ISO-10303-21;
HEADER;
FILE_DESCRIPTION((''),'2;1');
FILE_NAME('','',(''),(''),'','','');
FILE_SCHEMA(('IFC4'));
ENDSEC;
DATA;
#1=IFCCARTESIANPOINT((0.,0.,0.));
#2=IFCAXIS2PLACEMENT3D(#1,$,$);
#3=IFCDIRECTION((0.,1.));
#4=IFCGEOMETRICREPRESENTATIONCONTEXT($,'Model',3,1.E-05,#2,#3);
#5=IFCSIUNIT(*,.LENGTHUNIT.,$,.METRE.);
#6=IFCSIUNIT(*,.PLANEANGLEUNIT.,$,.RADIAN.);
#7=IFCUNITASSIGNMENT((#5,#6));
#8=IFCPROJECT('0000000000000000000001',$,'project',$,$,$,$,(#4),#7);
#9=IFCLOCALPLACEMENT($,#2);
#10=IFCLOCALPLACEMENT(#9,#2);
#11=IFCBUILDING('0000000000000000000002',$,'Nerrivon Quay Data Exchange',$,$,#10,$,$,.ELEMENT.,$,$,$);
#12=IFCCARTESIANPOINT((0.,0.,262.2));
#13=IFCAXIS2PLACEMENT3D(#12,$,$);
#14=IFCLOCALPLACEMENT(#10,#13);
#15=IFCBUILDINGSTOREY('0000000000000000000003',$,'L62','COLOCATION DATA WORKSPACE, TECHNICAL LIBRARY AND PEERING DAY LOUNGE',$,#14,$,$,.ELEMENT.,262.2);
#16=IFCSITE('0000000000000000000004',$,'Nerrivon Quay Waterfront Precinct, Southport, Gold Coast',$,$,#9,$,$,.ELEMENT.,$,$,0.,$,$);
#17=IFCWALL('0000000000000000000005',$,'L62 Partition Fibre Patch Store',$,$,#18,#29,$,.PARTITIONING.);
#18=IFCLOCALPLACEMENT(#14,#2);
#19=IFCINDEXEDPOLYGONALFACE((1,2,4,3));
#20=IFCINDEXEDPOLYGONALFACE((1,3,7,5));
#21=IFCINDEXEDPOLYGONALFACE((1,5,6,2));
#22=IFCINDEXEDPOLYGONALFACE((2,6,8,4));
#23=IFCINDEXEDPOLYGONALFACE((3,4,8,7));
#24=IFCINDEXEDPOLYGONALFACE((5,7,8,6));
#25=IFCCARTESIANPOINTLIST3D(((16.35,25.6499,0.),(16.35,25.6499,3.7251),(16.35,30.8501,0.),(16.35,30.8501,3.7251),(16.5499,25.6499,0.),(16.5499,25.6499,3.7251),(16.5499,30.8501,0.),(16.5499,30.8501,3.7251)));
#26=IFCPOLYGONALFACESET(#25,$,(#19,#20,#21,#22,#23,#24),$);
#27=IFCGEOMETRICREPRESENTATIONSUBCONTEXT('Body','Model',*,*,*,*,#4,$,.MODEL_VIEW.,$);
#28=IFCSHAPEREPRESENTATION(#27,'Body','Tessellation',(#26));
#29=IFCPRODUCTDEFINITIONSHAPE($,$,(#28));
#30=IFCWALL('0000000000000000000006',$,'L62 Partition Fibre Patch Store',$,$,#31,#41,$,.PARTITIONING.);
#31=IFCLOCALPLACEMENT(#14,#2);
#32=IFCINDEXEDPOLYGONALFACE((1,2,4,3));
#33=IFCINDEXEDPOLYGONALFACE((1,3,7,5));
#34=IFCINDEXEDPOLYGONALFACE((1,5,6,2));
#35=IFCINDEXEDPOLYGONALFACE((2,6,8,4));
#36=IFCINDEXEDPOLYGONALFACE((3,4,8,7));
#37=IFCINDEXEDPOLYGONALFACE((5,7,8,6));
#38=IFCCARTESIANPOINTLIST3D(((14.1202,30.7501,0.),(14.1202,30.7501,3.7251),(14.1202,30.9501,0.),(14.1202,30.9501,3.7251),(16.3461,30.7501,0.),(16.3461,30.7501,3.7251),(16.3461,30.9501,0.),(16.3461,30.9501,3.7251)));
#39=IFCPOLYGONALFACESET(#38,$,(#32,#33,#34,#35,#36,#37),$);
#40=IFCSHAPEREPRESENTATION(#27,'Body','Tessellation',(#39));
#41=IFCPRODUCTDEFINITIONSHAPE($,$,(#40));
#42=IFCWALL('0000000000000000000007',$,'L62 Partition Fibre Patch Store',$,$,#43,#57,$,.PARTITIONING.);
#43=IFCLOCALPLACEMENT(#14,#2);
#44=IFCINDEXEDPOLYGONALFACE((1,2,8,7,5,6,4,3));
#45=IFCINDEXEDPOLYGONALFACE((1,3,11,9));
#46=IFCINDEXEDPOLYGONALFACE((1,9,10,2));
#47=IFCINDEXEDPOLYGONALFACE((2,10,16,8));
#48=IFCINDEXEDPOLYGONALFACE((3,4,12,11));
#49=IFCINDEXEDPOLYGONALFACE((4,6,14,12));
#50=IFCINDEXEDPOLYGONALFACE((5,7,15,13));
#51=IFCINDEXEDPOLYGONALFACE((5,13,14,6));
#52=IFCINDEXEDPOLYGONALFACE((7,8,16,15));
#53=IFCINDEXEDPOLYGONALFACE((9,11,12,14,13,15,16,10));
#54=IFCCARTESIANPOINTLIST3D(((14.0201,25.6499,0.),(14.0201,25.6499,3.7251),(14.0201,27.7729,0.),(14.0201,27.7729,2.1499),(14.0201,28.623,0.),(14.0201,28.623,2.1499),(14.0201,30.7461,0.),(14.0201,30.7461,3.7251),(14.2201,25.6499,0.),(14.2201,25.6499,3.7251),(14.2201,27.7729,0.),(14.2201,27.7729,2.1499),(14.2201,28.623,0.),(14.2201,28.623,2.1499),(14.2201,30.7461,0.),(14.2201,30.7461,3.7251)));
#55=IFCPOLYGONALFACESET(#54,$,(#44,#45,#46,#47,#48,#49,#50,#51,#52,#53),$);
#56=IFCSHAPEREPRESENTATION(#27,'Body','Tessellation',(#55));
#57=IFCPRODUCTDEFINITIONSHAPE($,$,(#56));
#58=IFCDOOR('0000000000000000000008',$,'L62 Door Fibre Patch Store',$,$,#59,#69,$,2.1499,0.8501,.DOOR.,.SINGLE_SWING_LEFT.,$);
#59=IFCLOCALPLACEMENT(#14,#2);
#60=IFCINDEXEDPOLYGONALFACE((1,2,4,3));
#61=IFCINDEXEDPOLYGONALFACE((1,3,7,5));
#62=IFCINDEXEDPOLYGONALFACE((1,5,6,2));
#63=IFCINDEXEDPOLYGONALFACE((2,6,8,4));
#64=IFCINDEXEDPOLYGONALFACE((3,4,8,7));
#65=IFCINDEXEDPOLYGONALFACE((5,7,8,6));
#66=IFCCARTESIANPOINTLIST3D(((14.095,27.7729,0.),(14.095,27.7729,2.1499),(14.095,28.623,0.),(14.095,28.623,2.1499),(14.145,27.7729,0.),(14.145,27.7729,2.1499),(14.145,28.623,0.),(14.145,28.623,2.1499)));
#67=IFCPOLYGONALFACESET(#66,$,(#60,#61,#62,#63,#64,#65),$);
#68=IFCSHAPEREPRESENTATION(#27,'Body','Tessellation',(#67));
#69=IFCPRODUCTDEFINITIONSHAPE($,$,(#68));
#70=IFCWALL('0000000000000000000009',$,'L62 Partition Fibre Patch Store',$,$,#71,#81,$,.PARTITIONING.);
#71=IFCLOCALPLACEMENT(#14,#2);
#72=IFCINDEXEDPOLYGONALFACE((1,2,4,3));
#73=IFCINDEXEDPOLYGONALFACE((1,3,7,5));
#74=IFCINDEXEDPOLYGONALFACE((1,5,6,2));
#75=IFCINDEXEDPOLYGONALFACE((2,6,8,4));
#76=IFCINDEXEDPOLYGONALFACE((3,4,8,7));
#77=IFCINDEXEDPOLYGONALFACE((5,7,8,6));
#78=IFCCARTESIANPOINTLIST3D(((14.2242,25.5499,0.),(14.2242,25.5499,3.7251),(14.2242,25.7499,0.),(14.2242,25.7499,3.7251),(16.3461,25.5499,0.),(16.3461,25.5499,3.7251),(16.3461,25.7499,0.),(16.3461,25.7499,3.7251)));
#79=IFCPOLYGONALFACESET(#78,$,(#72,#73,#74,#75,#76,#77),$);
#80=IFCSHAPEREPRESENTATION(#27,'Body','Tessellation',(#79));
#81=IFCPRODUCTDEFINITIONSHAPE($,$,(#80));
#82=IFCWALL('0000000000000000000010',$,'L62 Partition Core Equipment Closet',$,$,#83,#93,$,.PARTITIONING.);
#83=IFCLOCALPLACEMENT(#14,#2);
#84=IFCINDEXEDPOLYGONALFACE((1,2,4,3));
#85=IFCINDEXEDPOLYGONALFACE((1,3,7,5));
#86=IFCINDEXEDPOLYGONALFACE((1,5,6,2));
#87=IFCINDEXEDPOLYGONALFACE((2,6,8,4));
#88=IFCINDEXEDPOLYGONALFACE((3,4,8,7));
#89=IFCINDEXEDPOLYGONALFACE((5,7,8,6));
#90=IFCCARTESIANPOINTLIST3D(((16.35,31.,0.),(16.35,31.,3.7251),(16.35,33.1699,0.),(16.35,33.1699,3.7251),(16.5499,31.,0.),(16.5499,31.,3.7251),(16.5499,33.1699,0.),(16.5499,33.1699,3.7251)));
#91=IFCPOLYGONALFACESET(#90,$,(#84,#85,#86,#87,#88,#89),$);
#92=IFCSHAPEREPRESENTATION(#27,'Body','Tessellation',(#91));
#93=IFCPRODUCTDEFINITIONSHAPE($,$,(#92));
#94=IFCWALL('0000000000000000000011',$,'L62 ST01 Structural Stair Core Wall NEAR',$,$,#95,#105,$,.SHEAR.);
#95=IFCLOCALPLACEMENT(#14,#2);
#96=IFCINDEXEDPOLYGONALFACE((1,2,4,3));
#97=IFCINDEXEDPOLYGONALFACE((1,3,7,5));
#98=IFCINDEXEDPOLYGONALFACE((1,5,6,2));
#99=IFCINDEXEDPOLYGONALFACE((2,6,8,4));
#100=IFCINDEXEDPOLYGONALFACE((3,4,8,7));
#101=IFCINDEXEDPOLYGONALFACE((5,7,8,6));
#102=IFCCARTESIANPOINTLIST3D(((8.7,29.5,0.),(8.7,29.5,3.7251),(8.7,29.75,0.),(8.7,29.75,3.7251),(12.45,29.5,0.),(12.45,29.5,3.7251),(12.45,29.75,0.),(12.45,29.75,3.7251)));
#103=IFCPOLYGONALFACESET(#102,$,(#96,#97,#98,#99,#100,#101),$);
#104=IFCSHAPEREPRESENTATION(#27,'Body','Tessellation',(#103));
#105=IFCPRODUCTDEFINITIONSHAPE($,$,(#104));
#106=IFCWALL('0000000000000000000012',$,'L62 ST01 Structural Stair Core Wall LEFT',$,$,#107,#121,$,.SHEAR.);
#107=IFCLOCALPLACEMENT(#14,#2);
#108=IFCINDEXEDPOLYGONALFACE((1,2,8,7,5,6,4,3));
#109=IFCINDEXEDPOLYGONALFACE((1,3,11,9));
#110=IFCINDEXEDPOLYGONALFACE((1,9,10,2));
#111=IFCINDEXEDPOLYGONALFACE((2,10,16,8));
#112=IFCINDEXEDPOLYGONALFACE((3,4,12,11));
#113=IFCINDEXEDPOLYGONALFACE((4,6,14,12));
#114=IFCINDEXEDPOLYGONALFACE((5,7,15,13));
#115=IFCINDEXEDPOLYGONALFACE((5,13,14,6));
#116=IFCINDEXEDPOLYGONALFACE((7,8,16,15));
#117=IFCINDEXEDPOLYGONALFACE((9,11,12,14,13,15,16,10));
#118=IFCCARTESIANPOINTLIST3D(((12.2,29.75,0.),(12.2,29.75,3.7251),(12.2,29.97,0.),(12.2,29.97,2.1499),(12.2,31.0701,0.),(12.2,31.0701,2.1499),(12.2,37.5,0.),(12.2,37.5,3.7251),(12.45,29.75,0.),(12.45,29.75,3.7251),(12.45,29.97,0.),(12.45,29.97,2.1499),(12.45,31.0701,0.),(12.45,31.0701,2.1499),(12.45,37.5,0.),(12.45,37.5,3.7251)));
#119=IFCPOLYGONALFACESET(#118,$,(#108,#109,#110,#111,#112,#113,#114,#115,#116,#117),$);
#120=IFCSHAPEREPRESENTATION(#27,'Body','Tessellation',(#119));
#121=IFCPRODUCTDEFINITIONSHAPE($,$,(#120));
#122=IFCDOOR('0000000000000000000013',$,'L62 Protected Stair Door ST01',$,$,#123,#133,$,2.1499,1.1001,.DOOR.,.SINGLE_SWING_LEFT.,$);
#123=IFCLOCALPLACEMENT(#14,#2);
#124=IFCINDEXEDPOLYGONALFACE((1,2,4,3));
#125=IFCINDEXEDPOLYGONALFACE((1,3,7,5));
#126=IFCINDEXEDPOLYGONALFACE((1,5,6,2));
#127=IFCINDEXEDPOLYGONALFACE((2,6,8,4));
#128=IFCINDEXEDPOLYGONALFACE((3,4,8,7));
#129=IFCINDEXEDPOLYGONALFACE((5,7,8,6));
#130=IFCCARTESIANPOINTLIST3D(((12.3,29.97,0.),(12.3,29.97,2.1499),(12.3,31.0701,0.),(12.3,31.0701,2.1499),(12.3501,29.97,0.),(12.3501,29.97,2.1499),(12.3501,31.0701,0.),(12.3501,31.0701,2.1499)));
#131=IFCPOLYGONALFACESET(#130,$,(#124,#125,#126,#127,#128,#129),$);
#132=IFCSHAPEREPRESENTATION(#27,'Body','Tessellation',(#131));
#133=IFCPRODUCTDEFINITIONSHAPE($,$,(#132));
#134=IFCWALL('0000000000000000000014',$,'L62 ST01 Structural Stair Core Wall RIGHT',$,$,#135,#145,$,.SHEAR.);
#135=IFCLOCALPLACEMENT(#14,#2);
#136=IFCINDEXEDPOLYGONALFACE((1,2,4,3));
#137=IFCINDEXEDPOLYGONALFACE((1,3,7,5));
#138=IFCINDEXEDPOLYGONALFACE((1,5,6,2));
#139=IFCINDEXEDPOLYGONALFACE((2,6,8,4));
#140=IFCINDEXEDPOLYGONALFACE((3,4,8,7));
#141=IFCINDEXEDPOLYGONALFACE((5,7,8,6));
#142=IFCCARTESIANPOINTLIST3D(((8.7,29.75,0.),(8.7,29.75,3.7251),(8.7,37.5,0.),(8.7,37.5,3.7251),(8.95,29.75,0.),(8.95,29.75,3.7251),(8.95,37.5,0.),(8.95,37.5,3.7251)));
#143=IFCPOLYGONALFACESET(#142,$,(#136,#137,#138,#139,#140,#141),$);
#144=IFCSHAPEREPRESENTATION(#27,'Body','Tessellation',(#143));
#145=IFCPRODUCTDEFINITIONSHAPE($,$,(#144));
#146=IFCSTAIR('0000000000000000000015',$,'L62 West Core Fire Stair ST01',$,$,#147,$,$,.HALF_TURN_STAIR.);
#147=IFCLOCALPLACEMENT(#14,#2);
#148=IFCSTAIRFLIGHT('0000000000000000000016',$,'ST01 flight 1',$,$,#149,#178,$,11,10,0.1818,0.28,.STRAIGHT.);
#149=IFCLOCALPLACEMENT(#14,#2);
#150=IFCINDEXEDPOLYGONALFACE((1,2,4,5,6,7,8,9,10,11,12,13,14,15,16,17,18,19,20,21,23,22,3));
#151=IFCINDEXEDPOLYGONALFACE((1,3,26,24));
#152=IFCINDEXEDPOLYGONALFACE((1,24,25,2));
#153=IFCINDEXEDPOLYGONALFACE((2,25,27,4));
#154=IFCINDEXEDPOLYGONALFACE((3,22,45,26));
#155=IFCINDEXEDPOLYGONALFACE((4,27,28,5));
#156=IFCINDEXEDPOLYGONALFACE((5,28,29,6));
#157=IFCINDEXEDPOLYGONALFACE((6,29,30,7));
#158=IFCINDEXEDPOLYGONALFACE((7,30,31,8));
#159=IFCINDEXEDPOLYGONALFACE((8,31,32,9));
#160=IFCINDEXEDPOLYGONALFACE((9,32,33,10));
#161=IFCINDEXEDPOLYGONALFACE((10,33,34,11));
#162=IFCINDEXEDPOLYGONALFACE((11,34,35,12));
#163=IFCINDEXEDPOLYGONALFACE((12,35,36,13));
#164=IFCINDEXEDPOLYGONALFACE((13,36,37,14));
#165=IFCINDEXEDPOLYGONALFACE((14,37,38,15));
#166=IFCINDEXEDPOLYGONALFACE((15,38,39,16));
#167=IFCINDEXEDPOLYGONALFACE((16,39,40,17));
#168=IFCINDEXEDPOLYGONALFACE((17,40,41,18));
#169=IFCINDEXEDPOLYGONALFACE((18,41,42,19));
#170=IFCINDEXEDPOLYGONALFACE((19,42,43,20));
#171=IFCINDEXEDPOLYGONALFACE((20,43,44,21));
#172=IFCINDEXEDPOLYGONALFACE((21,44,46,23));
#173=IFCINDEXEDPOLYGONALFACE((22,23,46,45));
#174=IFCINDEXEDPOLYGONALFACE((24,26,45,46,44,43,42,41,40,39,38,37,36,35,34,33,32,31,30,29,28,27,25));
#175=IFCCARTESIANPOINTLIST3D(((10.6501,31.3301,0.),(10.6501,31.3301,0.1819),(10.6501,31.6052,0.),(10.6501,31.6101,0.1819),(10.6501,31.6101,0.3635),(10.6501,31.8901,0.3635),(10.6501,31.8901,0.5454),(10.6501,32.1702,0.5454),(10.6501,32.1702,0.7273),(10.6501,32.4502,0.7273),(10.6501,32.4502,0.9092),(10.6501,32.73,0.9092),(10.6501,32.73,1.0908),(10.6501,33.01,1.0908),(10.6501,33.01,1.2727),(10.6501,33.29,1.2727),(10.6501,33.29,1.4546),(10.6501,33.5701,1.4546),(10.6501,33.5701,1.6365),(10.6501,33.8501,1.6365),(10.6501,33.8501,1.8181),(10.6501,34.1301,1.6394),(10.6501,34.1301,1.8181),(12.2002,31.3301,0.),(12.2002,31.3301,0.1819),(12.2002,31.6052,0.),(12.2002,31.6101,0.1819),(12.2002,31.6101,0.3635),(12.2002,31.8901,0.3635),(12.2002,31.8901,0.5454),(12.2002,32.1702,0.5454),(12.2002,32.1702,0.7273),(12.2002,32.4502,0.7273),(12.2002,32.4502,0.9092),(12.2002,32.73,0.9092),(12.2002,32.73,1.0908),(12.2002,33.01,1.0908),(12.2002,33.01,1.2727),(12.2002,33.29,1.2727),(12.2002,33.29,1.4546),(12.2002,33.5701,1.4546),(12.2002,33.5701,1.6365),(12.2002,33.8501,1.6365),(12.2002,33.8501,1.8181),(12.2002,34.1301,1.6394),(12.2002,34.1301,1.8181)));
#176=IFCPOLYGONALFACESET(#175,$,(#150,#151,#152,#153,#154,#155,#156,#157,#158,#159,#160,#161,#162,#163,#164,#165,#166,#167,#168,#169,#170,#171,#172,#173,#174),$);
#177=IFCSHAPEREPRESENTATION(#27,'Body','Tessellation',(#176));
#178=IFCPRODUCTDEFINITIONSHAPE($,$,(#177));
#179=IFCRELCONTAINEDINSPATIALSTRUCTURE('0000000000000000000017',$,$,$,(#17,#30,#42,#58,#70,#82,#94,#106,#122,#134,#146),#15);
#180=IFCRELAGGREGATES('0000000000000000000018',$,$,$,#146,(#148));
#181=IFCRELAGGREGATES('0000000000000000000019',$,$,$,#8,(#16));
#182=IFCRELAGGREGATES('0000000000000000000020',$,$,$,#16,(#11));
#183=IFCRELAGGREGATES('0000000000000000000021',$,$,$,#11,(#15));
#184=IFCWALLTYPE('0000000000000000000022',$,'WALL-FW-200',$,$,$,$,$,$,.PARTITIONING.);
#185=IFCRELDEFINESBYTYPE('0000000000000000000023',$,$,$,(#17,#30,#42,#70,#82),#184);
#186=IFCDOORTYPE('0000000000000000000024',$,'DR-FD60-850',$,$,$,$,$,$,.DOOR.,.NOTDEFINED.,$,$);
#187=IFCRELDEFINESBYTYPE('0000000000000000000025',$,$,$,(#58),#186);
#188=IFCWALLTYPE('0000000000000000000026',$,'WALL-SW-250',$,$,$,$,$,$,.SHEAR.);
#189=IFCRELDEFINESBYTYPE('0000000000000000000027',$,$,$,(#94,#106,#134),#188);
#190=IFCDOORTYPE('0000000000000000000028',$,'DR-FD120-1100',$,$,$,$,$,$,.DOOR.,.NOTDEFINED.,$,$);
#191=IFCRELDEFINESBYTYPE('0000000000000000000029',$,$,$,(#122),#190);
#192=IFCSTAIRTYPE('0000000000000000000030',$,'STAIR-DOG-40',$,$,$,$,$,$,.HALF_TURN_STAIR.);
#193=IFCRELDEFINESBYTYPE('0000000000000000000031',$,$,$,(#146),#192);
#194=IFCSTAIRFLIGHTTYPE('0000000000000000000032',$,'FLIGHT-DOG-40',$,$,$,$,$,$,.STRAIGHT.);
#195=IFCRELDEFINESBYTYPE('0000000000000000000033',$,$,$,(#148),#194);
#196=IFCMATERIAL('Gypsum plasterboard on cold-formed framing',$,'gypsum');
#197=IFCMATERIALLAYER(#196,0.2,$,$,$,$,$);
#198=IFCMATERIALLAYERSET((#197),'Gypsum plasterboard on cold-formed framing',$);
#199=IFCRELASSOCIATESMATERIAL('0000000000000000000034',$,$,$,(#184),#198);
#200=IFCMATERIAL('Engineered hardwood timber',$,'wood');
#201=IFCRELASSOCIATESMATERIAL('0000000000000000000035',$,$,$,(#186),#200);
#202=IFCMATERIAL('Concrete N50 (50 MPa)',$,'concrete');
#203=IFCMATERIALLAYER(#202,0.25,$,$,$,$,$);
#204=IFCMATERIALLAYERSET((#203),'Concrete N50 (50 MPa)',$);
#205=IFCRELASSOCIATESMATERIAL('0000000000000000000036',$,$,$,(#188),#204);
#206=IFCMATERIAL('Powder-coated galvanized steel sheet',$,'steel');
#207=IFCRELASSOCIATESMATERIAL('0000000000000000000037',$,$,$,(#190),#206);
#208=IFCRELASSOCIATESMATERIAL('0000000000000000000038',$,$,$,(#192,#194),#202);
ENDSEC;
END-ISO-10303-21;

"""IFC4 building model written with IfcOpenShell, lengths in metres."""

from ifc_helpers import new_model, si_unit, direction, frame, frame_2d, origin, place, context, subcontext, project, spatial, polyline, rectangle, outline, extrude, material, layer, layer_set, type_object, element, fill, aggregate, save


model = new_model("IFC4")

# Units and contexts
model_context = context("Model", 3, precision=1e-05, world=origin(), true_north=direction((0.0, 1.0)))
body_context = subcontext(model_context, "Body", "Model", "MODEL_VIEW")
ifc_project = project(units=[si_unit("LENGTHUNIT", "METRE"), si_unit("PLANEANGLEUNIT", "RADIAN")], contexts=[model_context])

# Site, building, storey
site_placement = place(None, origin())
site = spatial("IfcSite", under=ifc_project, at=site_placement, Name="Nerrivon Quay Waterfront Precinct, Southport, Gold Coast", CompositionType="ELEMENT", RefElevation=0.0)
building_placement = place(site_placement, origin())
building = spatial("IfcBuilding", under=site, at=building_placement, Name="Nerrivon Quay Data Exchange", CompositionType="ELEMENT")
storey_placement = place(building_placement, frame((0.0, 0.0, 262.2)))
storey = spatial("IfcBuildingStorey", under=building, at=storey_placement, Name="L62", Description="COLOCATION DATA WORKSPACE, TECHNICAL LIBRARY AND PEERING DAY LOUNGE", CompositionType="ELEMENT", Elevation=262.2)

# Shared definitions
ifc_material_1 = material(Name="Concrete N50 (50 MPa)", Category="concrete")

# Shared definitions
ifc_material_2 = material(Name="Gypsum plasterboard on cold-formed framing", Category="gypsum")
ifc_layer_1 = layer(ifc_material_2, 0.2)
ifc_layer_set_1 = layer_set([ifc_layer_1], Name="Gypsum plasterboard on cold-formed framing")
wall_type_1 = type_object("IfcWallType", Name="WALL-FW-200", PredefinedType="PARTITIONING", material=ifc_layer_set_1)
ifc_material_3 = material(Name="Powder-coated galvanized steel sheet", Category="steel")

# Walls
wall_1_placement = place(storey_placement, frame((16.45, 25.6499, 0.0), z_axis=(0.0, 0.0, 1.0), x_axis=(0.0, 1.0, 0.0)))
element("IfcWall", 1, at=wall_1_placement, inside=storey, type_object=wall_type_1, Name="L62 Partition Fibre Patch Store", PredefinedType="PARTITIONING", context=body_context, shape_type="SweptSolid", body=[
    extrude(rectangle(XDim=5.2002, YDim=0.2, at=frame_2d((2.6001, 0.0))), origin(), (0.0, 0.0, 1.0), 3.7251),
])
wall_2_placement = place(storey_placement, frame((16.3459, 30.8501, 0.0), z_axis=(0.0, 0.0, 1.0), x_axis=(-1.0, 0.0, 0.0)))
element("IfcWall", 2, at=wall_2_placement, inside=storey, type_object=wall_type_1, Name="L62 Partition Fibre Patch Store", PredefinedType="PARTITIONING", context=body_context, shape_type="SweptSolid", body=[
    extrude(rectangle(XDim=2.2258, YDim=0.2, at=frame_2d((1.1128, 0.0))), origin(), (0.0, 0.0, 1.0), 3.7251),
])

# Wall, opening, door
wall_3_placement = place(storey_placement, frame((14.1201, 30.7461, 0.0), z_axis=(0.0, 0.0, 1.0), x_axis=(0.0, -1.0, 0.0)))
wall_3 = element("IfcWall", 3, at=wall_3_placement, inside=storey, type_object=wall_type_1, Name="L62 Partition Fibre Patch Store", PredefinedType="PARTITIONING", context=body_context, shape_type="SweptSolid", body=[
    extrude(rectangle(XDim=5.0962, YDim=0.2, at=frame_2d((2.5481, 0.0))), origin(), (0.0, 0.0, 1.0), 3.7251),
])
opening_1_placement = place(wall_3_placement, frame((2.123, 0.0, 0.0)))
opening_1 = element("IfcOpeningElement", 4, at=opening_1_placement, cuts=wall_3, PredefinedType="OPENING", context=body_context, shape_type="SweptSolid", body=[
    extrude(rectangle(XDim=0.8501, YDim=2.1499, at=frame_2d((0.425, 1.075))), frame((0.0, 0.1099, 0.0), z_axis=(0.0, -1.0, 0.0), x_axis=(1.0, 0.0, 0.0)), (0.0, 0.0, 1.0), 0.22),
])
ifc_material_4 = material(Name="Engineered hardwood timber", Category="wood")
door_type_1 = type_object("IfcDoorType", Name="DR-FD60-850", OperationType="NOTDEFINED", PredefinedType="DOOR", material=ifc_material_4)
door_1_placement = place(opening_1_placement, origin())
door_1 = element("IfcDoor", 5, at=door_1_placement, inside=storey, type_object=door_type_1, Name="L62 Door Fibre Patch Store", OperationType="SINGLE_SWING_LEFT", OverallHeight=2.1499, OverallWidth=0.8501, PredefinedType="DOOR", context=body_context, shape_type="SweptSolid", body=[
    extrude(rectangle(XDim=0.8501, YDim=2.1499, at=frame_2d((0.425, 1.075))), frame((0.0, 0.0249, 0.0), z_axis=(0.0, -1.0, 0.0), x_axis=(1.0, 0.0, 0.0)), (0.0, 0.0, 1.0), 0.05),
])
fill(opening_1, door_1)

# Wall
wall_4_placement = place(storey_placement, frame((14.2241, 25.6499, 0.0), z_axis=(0.0, 0.0, 1.0), x_axis=(1.0, 0.0, 0.0)))
element("IfcWall", 6, at=wall_4_placement, inside=storey, type_object=wall_type_1, Name="L62 Partition Fibre Patch Store", PredefinedType="PARTITIONING", context=body_context, shape_type="SweptSolid", body=[
    extrude(rectangle(XDim=2.1218, YDim=0.2, at=frame_2d((1.061, 0.0))), origin(), (0.0, 0.0, 1.0), 3.7251),
])

# Walls
wall_5_placement = place(storey_placement, frame((16.45, 31.0, 0.0), z_axis=(0.0, 0.0, 1.0), x_axis=(0.0, 1.0, 0.0)))
element("IfcWall", 7, at=wall_5_placement, inside=storey, type_object=wall_type_1, Name="L62 Partition Core Equipment Closet", PredefinedType="PARTITIONING", context=body_context, shape_type="SweptSolid", body=[
    extrude(rectangle(XDim=2.1699, YDim=0.2, at=frame_2d((1.085, 0.0))), origin(), (0.0, 0.0, 1.0), 3.7251),
])
ifc_layer_2 = layer(ifc_material_1, 0.25)
ifc_layer_set_2 = layer_set([ifc_layer_2], Name="Concrete N50 (50 MPa)")
wall_type_2 = type_object("IfcWallType", Name="WALL-SW-250", PredefinedType="SHEAR", material=ifc_layer_set_2)
wall_6_placement = place(storey_placement, frame((12.45, 29.625, 0.0), z_axis=(0.0, 0.0, 1.0), x_axis=(-1.0, 0.0, 0.0)))
element("IfcWall", 8, at=wall_6_placement, inside=storey, type_object=wall_type_2, Name="L62 ST01 Structural Stair Core Wall NEAR", PredefinedType="SHEAR", context=body_context, shape_type="SweptSolid", body=[
    extrude(rectangle(XDim=3.75, YDim=0.25, at=frame_2d((1.875, 0.0))), origin(), (0.0, 0.0, 1.0), 3.7251),
])

# Wall, opening, door
wall_7_placement = place(storey_placement, frame((12.325, 29.75, 0.0), z_axis=(0.0, 0.0, 1.0), x_axis=(0.0, 1.0, 0.0)))
wall_7 = element("IfcWall", 9, at=wall_7_placement, inside=storey, type_object=wall_type_2, Name="L62 ST01 Structural Stair Core Wall LEFT", PredefinedType="SHEAR", context=body_context, shape_type="SweptSolid", body=[
    extrude(rectangle(XDim=7.75, YDim=0.25, at=frame_2d((3.875, 0.0))), origin(), (0.0, 0.0, 1.0), 3.7251),
])
opening_2_placement = place(wall_7_placement, frame((0.22, 0.0, 0.0)))
opening_2 = element("IfcOpeningElement", 10, at=opening_2_placement, cuts=wall_7, PredefinedType="OPENING", context=body_context, shape_type="SweptSolid", body=[
    extrude(rectangle(XDim=1.1001, YDim=2.1499, at=frame_2d((0.55, 1.075))), frame((0.0, 0.135, 0.0), z_axis=(0.0, -1.0, 0.0), x_axis=(1.0, 0.0, 0.0)), (0.0, 0.0, 1.0), 0.27),
])
door_type_2 = type_object("IfcDoorType", Name="DR-FD120-1100", OperationType="NOTDEFINED", PredefinedType="DOOR", material=ifc_material_3)
door_2_placement = place(opening_2_placement, origin())
door_2 = element("IfcDoor", 11, at=door_2_placement, inside=storey, type_object=door_type_2, Name="L62 Protected Stair Door ST01", OperationType="SINGLE_SWING_LEFT", OverallHeight=2.1499, OverallWidth=1.1001, PredefinedType="DOOR", context=body_context, shape_type="SweptSolid", body=[
    extrude(rectangle(XDim=1.1001, YDim=2.1499, at=frame_2d((0.55, 1.075))), frame((0.0, 0.0249, 0.0), z_axis=(0.0, -1.0, 0.0), x_axis=(1.0, 0.0, 0.0)), (0.0, 0.0, 1.0), 0.05),
])
fill(opening_2, door_2)

# Wall
wall_8_placement = place(storey_placement, frame((8.825, 29.75, 0.0), z_axis=(0.0, 0.0, 1.0), x_axis=(0.0, 1.0, 0.0)))
element("IfcWall", 12, at=wall_8_placement, inside=storey, type_object=wall_type_2, Name="L62 ST01 Structural Stair Core Wall RIGHT", PredefinedType="SHEAR", context=body_context, shape_type="SweptSolid", body=[
    extrude(rectangle(XDim=7.75, YDim=0.25, at=frame_2d((3.875, 0.0))), origin(), (0.0, 0.0, 1.0), 3.7251),
])

# Stair, stair flight
stair_type = type_object("IfcStairType", Name="STAIR-DOG-40", PredefinedType="HALF_TURN_STAIR", material=ifc_material_1)
stair_placement = place(storey_placement, origin())
stair = element("IfcStair", 13, at=stair_placement, inside=storey, type_object=stair_type, Name="L62 West Core Fire Stair ST01", PredefinedType="HALF_TURN_STAIR")
stair_flight_type = type_object("IfcStairFlightType", Name="FLIGHT-DOG-40", PredefinedType="STRAIGHT", material=ifc_material_1)
stair_flight_placement = place(storey_placement, frame((11.425, 31.3301, 0.0), z_axis=(0.0, 0.0, 1.0), x_axis=(0.0, 1.0, 0.0)))
stair_flight = element("IfcStairFlight", 14, at=stair_flight_placement, type_object=stair_flight_type, Name="ST01 flight 1", NumberOfRisers=11, NumberOfTreads=10, PredefinedType="STRAIGHT", RiserHeight=0.1818, TreadLength=0.28, context=body_context, shape_type="SweptSolid", body=[
    extrude(outline(polyline([(0.0, 0.0), (0.0, 0.1819), (0.28, 0.1819), (0.28, 0.3635), (0.5601, 0.3635), (0.5601, 0.5454), (0.8401, 0.5454), (0.8401, 0.7273), (1.1201, 0.7273), (1.1201, 0.9092), (1.3999, 0.9092), (1.3999, 1.0908), (1.6799, 1.0908), (1.6799, 1.2727), (1.96, 1.2727), (1.96, 1.4546), (2.24, 1.4546), (2.24, 1.6365), (2.52, 1.6365), (2.52, 1.8181), (2.8, 1.8181), (2.8, 2.0), (2.8, 1.6394), (0.2751, 0.0), (0.0, 0.0)])), frame((0.0, 0.7749, 0.0), z_axis=(0.0, -1.0, 0.0), x_axis=(1.0, 0.0, 0.0)), (0.0, 0.0, 1.0), 1.55),
])
aggregate(stair, [stair_flight])

save(model, "model.ifc")
